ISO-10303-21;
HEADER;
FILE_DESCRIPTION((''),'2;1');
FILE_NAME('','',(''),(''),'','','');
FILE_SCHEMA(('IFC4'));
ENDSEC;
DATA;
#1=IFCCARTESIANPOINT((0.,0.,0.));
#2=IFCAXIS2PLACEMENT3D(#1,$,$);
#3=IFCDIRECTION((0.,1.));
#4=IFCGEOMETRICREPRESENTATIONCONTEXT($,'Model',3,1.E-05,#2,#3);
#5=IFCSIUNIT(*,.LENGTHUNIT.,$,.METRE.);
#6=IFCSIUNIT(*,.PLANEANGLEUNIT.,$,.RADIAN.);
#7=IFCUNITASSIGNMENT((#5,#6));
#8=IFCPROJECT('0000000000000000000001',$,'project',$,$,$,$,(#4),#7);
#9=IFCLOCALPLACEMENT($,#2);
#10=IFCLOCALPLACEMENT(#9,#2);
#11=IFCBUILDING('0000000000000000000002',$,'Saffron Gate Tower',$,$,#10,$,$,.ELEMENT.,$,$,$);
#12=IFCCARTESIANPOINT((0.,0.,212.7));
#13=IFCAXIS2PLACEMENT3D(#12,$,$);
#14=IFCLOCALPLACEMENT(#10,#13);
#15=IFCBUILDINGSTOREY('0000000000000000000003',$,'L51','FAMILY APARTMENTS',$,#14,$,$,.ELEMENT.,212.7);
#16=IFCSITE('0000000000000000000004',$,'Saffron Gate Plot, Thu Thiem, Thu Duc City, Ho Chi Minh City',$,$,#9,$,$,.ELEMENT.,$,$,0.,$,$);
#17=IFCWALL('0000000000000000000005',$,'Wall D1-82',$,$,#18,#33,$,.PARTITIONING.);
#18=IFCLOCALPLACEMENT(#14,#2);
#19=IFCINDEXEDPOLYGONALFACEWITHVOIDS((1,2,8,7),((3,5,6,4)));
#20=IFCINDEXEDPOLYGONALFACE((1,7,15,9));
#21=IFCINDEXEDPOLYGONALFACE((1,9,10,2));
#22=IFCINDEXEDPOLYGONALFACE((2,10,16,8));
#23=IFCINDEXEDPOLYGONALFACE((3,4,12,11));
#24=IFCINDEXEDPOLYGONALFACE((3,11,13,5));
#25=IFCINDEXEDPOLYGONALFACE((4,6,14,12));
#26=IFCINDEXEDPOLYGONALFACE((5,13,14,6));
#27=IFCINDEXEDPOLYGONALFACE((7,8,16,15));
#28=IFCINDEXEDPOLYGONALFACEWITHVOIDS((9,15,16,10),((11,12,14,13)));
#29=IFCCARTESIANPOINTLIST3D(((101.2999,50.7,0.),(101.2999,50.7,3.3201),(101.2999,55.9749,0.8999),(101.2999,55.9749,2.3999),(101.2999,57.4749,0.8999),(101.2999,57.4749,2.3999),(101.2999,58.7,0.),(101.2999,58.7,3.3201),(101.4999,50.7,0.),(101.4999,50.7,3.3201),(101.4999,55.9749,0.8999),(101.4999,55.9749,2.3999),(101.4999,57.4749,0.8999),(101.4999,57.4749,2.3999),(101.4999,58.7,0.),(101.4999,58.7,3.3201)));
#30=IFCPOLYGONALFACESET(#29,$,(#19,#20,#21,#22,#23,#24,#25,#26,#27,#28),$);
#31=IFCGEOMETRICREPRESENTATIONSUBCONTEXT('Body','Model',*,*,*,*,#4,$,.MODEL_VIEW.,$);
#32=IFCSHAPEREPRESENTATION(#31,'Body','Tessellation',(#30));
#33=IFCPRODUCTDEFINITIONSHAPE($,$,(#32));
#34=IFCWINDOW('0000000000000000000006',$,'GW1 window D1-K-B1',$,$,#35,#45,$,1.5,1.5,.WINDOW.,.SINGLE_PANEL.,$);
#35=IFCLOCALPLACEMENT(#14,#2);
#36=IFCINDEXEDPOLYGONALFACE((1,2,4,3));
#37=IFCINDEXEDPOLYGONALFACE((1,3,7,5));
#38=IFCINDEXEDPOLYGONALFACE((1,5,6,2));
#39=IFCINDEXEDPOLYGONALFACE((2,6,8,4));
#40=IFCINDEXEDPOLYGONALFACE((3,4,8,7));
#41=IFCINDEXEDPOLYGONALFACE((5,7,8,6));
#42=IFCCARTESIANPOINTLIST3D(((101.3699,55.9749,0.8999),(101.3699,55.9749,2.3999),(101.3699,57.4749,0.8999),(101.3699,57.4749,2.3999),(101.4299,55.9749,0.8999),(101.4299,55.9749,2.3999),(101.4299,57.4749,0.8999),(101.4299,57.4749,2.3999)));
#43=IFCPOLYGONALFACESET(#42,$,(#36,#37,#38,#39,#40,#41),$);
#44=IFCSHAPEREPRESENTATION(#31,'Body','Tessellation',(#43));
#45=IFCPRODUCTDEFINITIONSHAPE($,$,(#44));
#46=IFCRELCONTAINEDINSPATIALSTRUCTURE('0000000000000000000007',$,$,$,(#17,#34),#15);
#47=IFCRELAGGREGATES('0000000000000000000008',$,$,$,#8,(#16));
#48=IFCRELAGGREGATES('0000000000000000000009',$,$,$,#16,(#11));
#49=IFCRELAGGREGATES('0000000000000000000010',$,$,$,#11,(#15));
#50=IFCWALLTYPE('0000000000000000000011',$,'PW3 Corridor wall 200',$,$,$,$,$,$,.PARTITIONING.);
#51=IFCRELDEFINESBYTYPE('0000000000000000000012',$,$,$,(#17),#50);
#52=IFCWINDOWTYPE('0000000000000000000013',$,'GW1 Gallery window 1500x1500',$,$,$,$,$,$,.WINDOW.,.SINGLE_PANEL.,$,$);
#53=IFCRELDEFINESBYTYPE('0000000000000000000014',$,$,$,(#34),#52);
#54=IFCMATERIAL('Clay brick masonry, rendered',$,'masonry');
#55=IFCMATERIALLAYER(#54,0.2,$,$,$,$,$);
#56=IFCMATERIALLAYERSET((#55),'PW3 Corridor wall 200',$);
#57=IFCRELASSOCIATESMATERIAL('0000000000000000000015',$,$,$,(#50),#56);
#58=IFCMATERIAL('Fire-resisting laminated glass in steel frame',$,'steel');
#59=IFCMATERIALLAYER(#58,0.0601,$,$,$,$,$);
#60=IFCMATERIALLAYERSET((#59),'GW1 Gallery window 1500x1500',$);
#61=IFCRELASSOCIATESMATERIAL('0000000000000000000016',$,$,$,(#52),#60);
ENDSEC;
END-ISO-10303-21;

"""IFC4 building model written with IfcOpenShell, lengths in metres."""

from ifc_helpers import new_model, si_unit, direction, frame, frame_2d, origin, place, context, subcontext, project, spatial, rectangle, extrude, material, layer, layer_set, type_object, element, fill, save


model = new_model("IFC4")

# Units and contexts
model_context = context("Model", 3, precision=1e-05, world=origin(), true_north=direction((0.0, 1.0)))
body_context = subcontext(model_context, "Body", "Model", "MODEL_VIEW")
ifc_project = project(units=[si_unit("LENGTHUNIT", "METRE"), si_unit("PLANEANGLEUNIT", "RADIAN")], contexts=[model_context])

# Site, building, storey
site_placement = place(None, origin())
site = spatial("IfcSite", under=ifc_project, at=site_placement, Name="Saffron Gate Plot, Thu Thiem, Thu Duc City, Ho Chi Minh City", CompositionType="ELEMENT", RefElevation=0.0)
building_placement = place(site_placement, origin())
building = spatial("IfcBuilding", under=site, at=building_placement, Name="Saffron Gate Tower", CompositionType="ELEMENT")
storey_placement = place(building_placement, frame((0.0, 0.0, 212.7)))
storey = spatial("IfcBuildingStorey", under=building, at=storey_placement, Name="L51", Description="FAMILY APARTMENTS", CompositionType="ELEMENT", Elevation=212.7)

# Shared definitions
ifc_material_1 = material(Name="Clay brick masonry, rendered", Category="masonry")
ifc_layer_1 = layer(ifc_material_1, 0.2)
ifc_layer_set_1 = layer_set([ifc_layer_1], Name="PW3 Corridor wall 200")
wall_type_1 = type_object("IfcWallType", Name="PW3 Corridor wall 200", PredefinedType="PARTITIONING", material=ifc_layer_set_1)

# Wall, opening, window
wall_1_placement = place(storey_placement, frame((101.3999, 58.7, 0.0), z_axis=(0.0, 0.0, 1.0), x_axis=(0.0, -1.0, 0.0)))
wall_1 = element("IfcWall", 1, at=wall_1_placement, inside=storey, type_object=wall_type_1, Name="Wall D1-82", PredefinedType="PARTITIONING", context=body_context, shape_type="SweptSolid", body=[
    extrude(rectangle(XDim=8.0, YDim=0.2, at=frame_2d((4.0, 0.0))), origin(), (0.0, 0.0, 1.0), 3.3201),
])
opening_1_placement = place(wall_1_placement, frame((1.2251, 0.0, 0.8999)))
opening_1 = element("IfcOpeningElement", 2, at=opening_1_placement, cuts=wall_1, PredefinedType="OPENING", context=body_context, shape_type="SweptSolid", body=[
    extrude(rectangle(XDim=1.5, YDim=1.5, at=frame_2d((0.75, 0.75))), frame((0.0, 0.1099, 0.0), z_axis=(0.0, -1.0, 0.0), x_axis=(1.0, 0.0, 0.0)), (0.0, 0.0, 1.0), 0.22),
])
ifc_material_2 = material(Name="Fire-resisting laminated glass in steel frame", Category="steel")
ifc_layer_2 = layer(ifc_material_2, 0.0601)
ifc_layer_set_2 = layer_set([ifc_layer_2], Name="GW1 Gallery window 1500x1500")
window_type = type_object("IfcWindowType", Name="GW1 Gallery window 1500x1500", PartitioningType="SINGLE_PANEL", PredefinedType="WINDOW", material=ifc_layer_set_2)
window_placement = place(opening_1_placement, origin())
window = element("IfcWindow", 3, at=window_placement, inside=storey, type_object=window_type, Name="GW1 window D1-K-B1", OverallHeight=1.5, OverallWidth=1.5, PartitioningType="SINGLE_PANEL", PredefinedType="WINDOW", context=body_context, shape_type="SweptSolid", body=[
    extrude(rectangle(XDim=1.5, YDim=1.5, at=frame_2d((0.75, 0.75))), frame((0.0, 0.03, 0.0), z_axis=(0.0, -1.0, 0.0), x_axis=(1.0, 0.0, 0.0)), (0.0, 0.0, 1.0), 0.0601),
])
fill(opening_1, window)

save(model, "model.ifc")
